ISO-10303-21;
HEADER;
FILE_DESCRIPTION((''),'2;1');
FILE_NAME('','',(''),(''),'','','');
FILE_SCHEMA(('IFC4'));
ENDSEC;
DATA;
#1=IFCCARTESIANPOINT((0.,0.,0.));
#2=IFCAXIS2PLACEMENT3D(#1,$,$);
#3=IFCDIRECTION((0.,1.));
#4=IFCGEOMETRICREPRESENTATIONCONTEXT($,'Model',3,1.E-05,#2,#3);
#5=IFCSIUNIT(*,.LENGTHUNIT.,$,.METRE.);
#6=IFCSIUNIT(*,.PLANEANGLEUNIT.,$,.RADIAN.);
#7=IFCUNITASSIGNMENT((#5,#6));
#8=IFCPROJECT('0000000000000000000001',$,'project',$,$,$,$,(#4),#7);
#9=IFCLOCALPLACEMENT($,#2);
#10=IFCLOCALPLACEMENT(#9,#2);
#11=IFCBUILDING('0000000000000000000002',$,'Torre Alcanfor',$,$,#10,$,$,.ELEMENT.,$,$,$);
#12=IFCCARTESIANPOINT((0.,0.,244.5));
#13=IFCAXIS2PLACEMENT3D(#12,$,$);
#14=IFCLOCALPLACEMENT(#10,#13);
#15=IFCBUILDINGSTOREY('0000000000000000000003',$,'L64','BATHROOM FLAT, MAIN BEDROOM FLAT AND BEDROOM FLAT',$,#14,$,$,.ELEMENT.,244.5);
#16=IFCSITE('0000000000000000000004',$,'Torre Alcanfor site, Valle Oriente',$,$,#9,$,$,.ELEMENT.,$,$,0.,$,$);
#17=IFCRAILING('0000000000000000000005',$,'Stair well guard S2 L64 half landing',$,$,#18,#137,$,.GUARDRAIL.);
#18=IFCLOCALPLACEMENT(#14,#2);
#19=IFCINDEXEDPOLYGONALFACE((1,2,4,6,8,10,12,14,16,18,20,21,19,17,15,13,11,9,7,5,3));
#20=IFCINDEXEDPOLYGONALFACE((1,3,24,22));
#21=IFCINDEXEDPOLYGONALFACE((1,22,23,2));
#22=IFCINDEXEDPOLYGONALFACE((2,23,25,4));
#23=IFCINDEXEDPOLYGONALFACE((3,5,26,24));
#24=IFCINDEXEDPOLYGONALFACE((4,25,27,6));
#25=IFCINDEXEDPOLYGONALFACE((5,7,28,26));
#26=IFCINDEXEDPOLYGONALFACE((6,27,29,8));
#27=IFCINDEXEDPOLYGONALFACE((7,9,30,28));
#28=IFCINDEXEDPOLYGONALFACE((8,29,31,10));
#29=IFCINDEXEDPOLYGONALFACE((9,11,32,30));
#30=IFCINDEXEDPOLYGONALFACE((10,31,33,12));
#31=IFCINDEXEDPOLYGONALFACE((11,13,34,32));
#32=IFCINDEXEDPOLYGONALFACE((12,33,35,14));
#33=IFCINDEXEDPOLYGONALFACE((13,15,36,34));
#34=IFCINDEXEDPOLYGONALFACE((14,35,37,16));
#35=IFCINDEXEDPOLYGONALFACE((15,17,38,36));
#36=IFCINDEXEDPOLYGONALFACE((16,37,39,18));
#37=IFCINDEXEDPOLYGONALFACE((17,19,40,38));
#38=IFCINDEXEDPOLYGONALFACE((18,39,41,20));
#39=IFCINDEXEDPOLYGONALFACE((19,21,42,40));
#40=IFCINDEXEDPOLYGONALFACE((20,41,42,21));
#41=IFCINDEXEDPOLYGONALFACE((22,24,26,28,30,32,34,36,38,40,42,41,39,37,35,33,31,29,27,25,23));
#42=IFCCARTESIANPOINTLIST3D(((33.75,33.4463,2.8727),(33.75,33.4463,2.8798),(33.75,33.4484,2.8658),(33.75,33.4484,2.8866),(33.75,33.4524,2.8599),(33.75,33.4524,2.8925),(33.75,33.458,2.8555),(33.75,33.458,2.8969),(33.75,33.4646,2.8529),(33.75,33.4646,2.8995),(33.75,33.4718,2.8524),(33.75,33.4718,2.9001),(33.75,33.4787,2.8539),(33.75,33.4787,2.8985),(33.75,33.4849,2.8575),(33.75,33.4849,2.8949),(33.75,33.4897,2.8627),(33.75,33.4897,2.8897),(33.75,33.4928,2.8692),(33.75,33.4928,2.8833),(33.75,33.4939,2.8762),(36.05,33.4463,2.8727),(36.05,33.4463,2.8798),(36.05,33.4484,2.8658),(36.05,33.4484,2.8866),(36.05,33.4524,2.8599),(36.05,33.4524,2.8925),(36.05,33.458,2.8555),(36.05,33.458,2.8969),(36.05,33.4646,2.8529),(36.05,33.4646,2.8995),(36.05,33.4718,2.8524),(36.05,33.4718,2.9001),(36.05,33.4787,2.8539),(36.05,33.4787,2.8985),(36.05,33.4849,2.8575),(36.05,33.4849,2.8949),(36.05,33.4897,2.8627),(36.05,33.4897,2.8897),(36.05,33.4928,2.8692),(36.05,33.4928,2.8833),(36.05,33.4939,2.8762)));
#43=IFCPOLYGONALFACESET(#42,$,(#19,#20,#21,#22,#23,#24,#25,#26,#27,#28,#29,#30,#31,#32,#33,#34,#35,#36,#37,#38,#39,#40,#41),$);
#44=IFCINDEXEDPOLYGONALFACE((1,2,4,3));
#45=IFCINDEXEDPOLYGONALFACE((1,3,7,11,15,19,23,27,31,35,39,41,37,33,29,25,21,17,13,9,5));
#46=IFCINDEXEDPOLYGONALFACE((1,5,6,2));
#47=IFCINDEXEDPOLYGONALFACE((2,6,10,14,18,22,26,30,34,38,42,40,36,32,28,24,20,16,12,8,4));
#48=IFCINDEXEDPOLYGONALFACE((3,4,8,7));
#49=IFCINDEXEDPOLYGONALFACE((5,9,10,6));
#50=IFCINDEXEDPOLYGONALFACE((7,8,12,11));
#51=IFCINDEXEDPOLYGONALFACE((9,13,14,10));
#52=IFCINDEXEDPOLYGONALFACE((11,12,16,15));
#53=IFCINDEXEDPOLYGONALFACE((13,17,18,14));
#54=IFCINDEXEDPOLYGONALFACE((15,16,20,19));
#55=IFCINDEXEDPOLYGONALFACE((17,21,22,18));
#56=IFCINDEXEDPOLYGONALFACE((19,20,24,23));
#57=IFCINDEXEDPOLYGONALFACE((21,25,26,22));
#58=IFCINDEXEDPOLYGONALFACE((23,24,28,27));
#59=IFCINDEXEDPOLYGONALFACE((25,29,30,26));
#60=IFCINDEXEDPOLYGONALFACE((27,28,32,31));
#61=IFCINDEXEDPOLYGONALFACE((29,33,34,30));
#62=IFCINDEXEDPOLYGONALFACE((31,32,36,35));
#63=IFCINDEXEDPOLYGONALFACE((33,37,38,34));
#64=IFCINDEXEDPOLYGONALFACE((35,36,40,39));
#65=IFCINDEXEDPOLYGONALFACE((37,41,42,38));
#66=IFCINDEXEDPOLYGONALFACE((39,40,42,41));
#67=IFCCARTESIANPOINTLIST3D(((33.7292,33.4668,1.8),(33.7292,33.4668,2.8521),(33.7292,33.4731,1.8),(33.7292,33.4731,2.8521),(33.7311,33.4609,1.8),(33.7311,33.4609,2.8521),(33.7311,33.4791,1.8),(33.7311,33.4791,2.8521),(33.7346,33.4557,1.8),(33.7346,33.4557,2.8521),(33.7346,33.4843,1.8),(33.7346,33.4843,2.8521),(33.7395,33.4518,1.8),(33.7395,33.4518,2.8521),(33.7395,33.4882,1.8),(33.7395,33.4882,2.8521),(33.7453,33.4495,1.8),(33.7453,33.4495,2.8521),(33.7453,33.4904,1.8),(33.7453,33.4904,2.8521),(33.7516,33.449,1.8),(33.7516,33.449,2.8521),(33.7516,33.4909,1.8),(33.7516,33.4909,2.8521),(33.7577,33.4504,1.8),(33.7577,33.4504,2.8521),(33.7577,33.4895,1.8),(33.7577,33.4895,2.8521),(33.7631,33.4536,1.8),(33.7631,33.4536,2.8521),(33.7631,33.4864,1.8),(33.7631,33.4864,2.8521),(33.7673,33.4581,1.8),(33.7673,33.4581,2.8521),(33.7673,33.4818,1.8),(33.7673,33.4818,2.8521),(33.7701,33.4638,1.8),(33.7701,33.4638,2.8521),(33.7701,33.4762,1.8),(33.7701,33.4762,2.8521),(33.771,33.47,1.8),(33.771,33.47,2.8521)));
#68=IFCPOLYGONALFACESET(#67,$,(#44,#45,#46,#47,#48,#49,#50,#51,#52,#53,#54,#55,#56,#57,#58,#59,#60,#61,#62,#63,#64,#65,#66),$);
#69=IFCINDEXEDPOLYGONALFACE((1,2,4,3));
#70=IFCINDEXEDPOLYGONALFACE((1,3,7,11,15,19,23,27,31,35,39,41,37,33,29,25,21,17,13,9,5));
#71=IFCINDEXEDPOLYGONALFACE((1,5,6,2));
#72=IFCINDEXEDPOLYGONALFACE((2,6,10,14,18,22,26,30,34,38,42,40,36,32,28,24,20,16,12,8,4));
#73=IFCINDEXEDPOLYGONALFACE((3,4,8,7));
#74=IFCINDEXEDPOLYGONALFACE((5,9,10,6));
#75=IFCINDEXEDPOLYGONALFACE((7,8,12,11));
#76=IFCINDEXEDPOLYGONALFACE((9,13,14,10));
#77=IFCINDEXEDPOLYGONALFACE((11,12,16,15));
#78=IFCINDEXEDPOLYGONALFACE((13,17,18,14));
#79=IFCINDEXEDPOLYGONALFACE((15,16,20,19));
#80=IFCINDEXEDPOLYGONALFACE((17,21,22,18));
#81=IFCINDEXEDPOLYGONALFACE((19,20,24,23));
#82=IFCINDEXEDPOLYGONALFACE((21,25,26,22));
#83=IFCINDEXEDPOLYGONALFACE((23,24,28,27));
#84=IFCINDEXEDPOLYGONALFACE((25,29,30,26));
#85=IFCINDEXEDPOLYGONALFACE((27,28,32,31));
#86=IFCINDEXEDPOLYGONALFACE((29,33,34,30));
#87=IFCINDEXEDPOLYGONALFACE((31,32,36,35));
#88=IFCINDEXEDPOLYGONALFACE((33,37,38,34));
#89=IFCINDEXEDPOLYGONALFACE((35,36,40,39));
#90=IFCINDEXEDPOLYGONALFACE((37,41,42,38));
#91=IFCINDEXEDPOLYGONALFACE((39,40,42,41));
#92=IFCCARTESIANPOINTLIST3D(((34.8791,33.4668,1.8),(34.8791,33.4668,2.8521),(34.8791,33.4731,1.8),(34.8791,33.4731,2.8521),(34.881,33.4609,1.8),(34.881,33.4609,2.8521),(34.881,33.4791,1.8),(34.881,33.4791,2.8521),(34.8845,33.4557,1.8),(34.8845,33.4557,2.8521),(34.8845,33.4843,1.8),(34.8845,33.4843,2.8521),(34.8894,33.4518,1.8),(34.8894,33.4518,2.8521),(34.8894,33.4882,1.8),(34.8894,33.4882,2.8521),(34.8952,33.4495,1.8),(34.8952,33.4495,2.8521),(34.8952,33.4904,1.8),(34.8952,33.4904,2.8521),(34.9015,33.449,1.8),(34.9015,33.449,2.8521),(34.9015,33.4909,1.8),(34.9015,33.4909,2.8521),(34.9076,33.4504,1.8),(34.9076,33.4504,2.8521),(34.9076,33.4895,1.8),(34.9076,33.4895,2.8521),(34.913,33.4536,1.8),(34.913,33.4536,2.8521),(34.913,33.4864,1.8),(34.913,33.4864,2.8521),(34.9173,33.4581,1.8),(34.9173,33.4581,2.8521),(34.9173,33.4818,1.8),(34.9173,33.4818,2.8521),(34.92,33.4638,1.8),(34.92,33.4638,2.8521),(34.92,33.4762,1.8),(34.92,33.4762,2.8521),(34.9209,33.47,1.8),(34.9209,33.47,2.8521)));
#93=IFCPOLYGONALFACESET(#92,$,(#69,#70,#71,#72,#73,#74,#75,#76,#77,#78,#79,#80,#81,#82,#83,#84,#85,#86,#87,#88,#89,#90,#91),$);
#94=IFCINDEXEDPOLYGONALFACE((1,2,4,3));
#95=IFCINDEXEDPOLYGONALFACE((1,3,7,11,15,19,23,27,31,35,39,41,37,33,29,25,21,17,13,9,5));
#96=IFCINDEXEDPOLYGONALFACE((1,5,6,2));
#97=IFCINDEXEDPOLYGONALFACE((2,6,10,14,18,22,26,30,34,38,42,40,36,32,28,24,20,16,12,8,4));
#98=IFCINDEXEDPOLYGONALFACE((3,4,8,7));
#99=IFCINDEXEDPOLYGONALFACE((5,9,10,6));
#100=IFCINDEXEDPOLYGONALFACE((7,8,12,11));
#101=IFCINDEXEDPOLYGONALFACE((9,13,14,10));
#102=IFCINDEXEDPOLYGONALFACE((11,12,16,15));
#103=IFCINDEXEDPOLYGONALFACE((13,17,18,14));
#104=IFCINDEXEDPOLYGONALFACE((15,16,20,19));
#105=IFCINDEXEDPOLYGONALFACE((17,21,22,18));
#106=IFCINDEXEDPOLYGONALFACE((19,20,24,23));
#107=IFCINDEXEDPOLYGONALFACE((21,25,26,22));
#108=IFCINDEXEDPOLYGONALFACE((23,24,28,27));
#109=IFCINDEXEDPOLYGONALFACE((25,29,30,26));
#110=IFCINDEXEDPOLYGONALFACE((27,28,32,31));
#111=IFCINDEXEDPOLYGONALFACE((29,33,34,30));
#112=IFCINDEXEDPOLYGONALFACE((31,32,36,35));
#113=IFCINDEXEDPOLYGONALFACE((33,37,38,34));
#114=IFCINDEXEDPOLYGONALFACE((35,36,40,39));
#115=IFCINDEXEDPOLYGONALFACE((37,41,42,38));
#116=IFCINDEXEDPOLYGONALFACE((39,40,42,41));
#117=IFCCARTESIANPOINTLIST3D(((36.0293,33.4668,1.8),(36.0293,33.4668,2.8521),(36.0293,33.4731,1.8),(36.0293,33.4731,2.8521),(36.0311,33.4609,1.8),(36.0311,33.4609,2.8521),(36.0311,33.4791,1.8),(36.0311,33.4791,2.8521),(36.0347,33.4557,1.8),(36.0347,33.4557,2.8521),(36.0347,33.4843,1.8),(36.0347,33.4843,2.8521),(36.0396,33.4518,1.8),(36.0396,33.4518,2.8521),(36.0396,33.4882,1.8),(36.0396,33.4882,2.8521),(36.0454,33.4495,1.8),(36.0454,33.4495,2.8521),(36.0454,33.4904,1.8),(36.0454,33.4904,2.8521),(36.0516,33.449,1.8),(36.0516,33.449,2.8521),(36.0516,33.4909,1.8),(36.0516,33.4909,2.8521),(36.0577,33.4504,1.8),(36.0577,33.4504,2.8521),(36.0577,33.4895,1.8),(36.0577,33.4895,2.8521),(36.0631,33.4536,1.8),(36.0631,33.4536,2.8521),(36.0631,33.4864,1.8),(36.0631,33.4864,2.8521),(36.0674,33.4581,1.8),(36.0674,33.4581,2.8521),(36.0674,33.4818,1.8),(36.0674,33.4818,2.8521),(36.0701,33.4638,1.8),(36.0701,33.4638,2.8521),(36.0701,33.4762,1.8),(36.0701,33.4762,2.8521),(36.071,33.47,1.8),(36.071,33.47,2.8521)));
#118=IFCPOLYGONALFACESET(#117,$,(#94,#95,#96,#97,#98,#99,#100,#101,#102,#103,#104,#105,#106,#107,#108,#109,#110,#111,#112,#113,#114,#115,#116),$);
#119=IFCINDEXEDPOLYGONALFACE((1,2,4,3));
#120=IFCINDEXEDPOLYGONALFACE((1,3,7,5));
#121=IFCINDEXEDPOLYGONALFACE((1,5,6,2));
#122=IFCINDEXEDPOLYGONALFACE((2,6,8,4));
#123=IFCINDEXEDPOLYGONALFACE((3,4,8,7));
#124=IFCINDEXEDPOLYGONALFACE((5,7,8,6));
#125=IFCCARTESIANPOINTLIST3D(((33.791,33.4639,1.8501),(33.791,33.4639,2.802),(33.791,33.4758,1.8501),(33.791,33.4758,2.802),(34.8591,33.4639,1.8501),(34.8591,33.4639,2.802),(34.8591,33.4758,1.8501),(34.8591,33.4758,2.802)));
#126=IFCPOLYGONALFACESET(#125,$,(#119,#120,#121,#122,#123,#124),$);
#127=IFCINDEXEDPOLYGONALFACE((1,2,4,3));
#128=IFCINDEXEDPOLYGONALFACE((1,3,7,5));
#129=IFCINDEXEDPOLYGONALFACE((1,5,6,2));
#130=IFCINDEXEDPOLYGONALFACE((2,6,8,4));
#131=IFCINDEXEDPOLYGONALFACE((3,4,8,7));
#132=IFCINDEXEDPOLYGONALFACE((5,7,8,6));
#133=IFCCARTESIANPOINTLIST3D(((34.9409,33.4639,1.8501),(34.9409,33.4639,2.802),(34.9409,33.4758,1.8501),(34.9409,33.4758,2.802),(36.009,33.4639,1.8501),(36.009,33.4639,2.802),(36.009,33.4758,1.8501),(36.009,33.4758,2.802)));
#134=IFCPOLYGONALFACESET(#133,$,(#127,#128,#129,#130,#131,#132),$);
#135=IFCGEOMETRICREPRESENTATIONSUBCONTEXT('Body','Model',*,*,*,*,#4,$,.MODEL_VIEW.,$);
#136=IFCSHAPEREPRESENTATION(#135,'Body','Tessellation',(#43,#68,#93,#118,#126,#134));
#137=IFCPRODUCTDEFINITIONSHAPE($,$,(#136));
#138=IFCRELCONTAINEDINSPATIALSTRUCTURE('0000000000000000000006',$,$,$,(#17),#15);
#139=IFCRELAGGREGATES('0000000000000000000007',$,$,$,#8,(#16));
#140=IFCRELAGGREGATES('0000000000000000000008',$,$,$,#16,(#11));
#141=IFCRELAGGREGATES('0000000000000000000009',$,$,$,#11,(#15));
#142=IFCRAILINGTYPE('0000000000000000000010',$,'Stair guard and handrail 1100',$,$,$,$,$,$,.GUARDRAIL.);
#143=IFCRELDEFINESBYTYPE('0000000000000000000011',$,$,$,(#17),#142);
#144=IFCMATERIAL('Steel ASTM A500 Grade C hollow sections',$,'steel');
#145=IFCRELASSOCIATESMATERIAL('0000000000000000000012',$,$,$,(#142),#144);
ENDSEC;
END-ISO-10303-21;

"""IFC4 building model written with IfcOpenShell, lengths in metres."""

from ifc_helpers import new_model, si_unit, direction, frame, origin, origin_2d, place, context, subcontext, project, spatial, polyline, circle, outline, extrude, material, type_object, element, save


model = new_model("IFC4")

# Units and contexts
model_context = context("Model", 3, precision=1e-05, world=origin(), true_north=direction((0.0, 1.0)))
body_context = subcontext(model_context, "Body", "Model", "MODEL_VIEW")
ifc_project = project(units=[si_unit("LENGTHUNIT", "METRE"), si_unit("PLANEANGLEUNIT", "RADIAN")], contexts=[model_context])

# Site, building, storey
site_placement = place(None, origin())
site = spatial("IfcSite", under=ifc_project, at=site_placement, Name="Torre Alcanfor site, Valle Oriente", CompositionType="ELEMENT", RefElevation=0.0)
building_placement = place(site_placement, origin())
building = spatial("IfcBuilding", under=site, at=building_placement, Name="Torre Alcanfor", CompositionType="ELEMENT")
storey_placement = place(building_placement, frame((0.0, 0.0, 244.5)))
storey = spatial("IfcBuildingStorey", under=building, at=storey_placement, Name="L64", Description="BATHROOM FLAT, MAIN BEDROOM FLAT AND BEDROOM FLAT", CompositionType="ELEMENT", Elevation=244.5)

# Railing
ifc_material_1 = material(Name="Steel ASTM A500 Grade C hollow sections", Category="steel")
railing_type_1 = type_object("IfcRailingType", Name="Stair guard and handrail 1100", PredefinedType="GUARDRAIL", material=ifc_material_1)
for number, where, name in (
    (1, (33.75, 33.47, 1.8), "Stair well guard S2 L64 half landing"),
):
    element("IfcRailing", number, at=place(storey_placement, frame(where)), inside=storey, type_object=railing_type_1, Name=name, PredefinedType="GUARDRAIL", context=body_context, shape_type="SweptSolid", body=[
        extrude(circle(Radius=0.0239, at=origin_2d()), frame((0.0, 0.0, 1.0762), z_axis=(1.0, 0.0, 0.0), x_axis=(0.0, 1.0, 0.0)), (0.0, 0.0, 1.0), 2.3),
        extrude(circle(Radius=0.021, at=origin_2d()), origin(), (0.0, 0.0, 1.0), 1.052),
        extrude(circle(Radius=0.021, at=origin_2d()), frame((1.1499, 0.0, 0.0)), (0.0, 0.0, 1.0), 1.052),
        extrude(circle(Radius=0.021, at=origin_2d()), frame((2.3, 0.0, 0.0)), (0.0, 0.0, 1.0), 1.052),
        extrude(outline(polyline([(0.041, 0.05), (1.1091, 0.05), (1.1091, 1.002), (0.041, 1.002), (0.041, 0.05)])), frame((0.0, 0.0059, 0.0), z_axis=(0.0, -1.0, 0.0), x_axis=(1.0, 0.0, 0.0)), (0.0, 0.0, 1.0), 0.012),
        extrude(outline(polyline([(1.1909, 0.05), (2.259, 0.05), (2.259, 1.002), (1.1909, 1.002), (1.1909, 0.05)])), frame((0.0, 0.0059, 0.0), z_axis=(0.0, -1.0, 0.0), x_axis=(1.0, 0.0, 0.0)), (0.0, 0.0, 1.0), 0.012),
    ])

save(model, "model.ifc")
